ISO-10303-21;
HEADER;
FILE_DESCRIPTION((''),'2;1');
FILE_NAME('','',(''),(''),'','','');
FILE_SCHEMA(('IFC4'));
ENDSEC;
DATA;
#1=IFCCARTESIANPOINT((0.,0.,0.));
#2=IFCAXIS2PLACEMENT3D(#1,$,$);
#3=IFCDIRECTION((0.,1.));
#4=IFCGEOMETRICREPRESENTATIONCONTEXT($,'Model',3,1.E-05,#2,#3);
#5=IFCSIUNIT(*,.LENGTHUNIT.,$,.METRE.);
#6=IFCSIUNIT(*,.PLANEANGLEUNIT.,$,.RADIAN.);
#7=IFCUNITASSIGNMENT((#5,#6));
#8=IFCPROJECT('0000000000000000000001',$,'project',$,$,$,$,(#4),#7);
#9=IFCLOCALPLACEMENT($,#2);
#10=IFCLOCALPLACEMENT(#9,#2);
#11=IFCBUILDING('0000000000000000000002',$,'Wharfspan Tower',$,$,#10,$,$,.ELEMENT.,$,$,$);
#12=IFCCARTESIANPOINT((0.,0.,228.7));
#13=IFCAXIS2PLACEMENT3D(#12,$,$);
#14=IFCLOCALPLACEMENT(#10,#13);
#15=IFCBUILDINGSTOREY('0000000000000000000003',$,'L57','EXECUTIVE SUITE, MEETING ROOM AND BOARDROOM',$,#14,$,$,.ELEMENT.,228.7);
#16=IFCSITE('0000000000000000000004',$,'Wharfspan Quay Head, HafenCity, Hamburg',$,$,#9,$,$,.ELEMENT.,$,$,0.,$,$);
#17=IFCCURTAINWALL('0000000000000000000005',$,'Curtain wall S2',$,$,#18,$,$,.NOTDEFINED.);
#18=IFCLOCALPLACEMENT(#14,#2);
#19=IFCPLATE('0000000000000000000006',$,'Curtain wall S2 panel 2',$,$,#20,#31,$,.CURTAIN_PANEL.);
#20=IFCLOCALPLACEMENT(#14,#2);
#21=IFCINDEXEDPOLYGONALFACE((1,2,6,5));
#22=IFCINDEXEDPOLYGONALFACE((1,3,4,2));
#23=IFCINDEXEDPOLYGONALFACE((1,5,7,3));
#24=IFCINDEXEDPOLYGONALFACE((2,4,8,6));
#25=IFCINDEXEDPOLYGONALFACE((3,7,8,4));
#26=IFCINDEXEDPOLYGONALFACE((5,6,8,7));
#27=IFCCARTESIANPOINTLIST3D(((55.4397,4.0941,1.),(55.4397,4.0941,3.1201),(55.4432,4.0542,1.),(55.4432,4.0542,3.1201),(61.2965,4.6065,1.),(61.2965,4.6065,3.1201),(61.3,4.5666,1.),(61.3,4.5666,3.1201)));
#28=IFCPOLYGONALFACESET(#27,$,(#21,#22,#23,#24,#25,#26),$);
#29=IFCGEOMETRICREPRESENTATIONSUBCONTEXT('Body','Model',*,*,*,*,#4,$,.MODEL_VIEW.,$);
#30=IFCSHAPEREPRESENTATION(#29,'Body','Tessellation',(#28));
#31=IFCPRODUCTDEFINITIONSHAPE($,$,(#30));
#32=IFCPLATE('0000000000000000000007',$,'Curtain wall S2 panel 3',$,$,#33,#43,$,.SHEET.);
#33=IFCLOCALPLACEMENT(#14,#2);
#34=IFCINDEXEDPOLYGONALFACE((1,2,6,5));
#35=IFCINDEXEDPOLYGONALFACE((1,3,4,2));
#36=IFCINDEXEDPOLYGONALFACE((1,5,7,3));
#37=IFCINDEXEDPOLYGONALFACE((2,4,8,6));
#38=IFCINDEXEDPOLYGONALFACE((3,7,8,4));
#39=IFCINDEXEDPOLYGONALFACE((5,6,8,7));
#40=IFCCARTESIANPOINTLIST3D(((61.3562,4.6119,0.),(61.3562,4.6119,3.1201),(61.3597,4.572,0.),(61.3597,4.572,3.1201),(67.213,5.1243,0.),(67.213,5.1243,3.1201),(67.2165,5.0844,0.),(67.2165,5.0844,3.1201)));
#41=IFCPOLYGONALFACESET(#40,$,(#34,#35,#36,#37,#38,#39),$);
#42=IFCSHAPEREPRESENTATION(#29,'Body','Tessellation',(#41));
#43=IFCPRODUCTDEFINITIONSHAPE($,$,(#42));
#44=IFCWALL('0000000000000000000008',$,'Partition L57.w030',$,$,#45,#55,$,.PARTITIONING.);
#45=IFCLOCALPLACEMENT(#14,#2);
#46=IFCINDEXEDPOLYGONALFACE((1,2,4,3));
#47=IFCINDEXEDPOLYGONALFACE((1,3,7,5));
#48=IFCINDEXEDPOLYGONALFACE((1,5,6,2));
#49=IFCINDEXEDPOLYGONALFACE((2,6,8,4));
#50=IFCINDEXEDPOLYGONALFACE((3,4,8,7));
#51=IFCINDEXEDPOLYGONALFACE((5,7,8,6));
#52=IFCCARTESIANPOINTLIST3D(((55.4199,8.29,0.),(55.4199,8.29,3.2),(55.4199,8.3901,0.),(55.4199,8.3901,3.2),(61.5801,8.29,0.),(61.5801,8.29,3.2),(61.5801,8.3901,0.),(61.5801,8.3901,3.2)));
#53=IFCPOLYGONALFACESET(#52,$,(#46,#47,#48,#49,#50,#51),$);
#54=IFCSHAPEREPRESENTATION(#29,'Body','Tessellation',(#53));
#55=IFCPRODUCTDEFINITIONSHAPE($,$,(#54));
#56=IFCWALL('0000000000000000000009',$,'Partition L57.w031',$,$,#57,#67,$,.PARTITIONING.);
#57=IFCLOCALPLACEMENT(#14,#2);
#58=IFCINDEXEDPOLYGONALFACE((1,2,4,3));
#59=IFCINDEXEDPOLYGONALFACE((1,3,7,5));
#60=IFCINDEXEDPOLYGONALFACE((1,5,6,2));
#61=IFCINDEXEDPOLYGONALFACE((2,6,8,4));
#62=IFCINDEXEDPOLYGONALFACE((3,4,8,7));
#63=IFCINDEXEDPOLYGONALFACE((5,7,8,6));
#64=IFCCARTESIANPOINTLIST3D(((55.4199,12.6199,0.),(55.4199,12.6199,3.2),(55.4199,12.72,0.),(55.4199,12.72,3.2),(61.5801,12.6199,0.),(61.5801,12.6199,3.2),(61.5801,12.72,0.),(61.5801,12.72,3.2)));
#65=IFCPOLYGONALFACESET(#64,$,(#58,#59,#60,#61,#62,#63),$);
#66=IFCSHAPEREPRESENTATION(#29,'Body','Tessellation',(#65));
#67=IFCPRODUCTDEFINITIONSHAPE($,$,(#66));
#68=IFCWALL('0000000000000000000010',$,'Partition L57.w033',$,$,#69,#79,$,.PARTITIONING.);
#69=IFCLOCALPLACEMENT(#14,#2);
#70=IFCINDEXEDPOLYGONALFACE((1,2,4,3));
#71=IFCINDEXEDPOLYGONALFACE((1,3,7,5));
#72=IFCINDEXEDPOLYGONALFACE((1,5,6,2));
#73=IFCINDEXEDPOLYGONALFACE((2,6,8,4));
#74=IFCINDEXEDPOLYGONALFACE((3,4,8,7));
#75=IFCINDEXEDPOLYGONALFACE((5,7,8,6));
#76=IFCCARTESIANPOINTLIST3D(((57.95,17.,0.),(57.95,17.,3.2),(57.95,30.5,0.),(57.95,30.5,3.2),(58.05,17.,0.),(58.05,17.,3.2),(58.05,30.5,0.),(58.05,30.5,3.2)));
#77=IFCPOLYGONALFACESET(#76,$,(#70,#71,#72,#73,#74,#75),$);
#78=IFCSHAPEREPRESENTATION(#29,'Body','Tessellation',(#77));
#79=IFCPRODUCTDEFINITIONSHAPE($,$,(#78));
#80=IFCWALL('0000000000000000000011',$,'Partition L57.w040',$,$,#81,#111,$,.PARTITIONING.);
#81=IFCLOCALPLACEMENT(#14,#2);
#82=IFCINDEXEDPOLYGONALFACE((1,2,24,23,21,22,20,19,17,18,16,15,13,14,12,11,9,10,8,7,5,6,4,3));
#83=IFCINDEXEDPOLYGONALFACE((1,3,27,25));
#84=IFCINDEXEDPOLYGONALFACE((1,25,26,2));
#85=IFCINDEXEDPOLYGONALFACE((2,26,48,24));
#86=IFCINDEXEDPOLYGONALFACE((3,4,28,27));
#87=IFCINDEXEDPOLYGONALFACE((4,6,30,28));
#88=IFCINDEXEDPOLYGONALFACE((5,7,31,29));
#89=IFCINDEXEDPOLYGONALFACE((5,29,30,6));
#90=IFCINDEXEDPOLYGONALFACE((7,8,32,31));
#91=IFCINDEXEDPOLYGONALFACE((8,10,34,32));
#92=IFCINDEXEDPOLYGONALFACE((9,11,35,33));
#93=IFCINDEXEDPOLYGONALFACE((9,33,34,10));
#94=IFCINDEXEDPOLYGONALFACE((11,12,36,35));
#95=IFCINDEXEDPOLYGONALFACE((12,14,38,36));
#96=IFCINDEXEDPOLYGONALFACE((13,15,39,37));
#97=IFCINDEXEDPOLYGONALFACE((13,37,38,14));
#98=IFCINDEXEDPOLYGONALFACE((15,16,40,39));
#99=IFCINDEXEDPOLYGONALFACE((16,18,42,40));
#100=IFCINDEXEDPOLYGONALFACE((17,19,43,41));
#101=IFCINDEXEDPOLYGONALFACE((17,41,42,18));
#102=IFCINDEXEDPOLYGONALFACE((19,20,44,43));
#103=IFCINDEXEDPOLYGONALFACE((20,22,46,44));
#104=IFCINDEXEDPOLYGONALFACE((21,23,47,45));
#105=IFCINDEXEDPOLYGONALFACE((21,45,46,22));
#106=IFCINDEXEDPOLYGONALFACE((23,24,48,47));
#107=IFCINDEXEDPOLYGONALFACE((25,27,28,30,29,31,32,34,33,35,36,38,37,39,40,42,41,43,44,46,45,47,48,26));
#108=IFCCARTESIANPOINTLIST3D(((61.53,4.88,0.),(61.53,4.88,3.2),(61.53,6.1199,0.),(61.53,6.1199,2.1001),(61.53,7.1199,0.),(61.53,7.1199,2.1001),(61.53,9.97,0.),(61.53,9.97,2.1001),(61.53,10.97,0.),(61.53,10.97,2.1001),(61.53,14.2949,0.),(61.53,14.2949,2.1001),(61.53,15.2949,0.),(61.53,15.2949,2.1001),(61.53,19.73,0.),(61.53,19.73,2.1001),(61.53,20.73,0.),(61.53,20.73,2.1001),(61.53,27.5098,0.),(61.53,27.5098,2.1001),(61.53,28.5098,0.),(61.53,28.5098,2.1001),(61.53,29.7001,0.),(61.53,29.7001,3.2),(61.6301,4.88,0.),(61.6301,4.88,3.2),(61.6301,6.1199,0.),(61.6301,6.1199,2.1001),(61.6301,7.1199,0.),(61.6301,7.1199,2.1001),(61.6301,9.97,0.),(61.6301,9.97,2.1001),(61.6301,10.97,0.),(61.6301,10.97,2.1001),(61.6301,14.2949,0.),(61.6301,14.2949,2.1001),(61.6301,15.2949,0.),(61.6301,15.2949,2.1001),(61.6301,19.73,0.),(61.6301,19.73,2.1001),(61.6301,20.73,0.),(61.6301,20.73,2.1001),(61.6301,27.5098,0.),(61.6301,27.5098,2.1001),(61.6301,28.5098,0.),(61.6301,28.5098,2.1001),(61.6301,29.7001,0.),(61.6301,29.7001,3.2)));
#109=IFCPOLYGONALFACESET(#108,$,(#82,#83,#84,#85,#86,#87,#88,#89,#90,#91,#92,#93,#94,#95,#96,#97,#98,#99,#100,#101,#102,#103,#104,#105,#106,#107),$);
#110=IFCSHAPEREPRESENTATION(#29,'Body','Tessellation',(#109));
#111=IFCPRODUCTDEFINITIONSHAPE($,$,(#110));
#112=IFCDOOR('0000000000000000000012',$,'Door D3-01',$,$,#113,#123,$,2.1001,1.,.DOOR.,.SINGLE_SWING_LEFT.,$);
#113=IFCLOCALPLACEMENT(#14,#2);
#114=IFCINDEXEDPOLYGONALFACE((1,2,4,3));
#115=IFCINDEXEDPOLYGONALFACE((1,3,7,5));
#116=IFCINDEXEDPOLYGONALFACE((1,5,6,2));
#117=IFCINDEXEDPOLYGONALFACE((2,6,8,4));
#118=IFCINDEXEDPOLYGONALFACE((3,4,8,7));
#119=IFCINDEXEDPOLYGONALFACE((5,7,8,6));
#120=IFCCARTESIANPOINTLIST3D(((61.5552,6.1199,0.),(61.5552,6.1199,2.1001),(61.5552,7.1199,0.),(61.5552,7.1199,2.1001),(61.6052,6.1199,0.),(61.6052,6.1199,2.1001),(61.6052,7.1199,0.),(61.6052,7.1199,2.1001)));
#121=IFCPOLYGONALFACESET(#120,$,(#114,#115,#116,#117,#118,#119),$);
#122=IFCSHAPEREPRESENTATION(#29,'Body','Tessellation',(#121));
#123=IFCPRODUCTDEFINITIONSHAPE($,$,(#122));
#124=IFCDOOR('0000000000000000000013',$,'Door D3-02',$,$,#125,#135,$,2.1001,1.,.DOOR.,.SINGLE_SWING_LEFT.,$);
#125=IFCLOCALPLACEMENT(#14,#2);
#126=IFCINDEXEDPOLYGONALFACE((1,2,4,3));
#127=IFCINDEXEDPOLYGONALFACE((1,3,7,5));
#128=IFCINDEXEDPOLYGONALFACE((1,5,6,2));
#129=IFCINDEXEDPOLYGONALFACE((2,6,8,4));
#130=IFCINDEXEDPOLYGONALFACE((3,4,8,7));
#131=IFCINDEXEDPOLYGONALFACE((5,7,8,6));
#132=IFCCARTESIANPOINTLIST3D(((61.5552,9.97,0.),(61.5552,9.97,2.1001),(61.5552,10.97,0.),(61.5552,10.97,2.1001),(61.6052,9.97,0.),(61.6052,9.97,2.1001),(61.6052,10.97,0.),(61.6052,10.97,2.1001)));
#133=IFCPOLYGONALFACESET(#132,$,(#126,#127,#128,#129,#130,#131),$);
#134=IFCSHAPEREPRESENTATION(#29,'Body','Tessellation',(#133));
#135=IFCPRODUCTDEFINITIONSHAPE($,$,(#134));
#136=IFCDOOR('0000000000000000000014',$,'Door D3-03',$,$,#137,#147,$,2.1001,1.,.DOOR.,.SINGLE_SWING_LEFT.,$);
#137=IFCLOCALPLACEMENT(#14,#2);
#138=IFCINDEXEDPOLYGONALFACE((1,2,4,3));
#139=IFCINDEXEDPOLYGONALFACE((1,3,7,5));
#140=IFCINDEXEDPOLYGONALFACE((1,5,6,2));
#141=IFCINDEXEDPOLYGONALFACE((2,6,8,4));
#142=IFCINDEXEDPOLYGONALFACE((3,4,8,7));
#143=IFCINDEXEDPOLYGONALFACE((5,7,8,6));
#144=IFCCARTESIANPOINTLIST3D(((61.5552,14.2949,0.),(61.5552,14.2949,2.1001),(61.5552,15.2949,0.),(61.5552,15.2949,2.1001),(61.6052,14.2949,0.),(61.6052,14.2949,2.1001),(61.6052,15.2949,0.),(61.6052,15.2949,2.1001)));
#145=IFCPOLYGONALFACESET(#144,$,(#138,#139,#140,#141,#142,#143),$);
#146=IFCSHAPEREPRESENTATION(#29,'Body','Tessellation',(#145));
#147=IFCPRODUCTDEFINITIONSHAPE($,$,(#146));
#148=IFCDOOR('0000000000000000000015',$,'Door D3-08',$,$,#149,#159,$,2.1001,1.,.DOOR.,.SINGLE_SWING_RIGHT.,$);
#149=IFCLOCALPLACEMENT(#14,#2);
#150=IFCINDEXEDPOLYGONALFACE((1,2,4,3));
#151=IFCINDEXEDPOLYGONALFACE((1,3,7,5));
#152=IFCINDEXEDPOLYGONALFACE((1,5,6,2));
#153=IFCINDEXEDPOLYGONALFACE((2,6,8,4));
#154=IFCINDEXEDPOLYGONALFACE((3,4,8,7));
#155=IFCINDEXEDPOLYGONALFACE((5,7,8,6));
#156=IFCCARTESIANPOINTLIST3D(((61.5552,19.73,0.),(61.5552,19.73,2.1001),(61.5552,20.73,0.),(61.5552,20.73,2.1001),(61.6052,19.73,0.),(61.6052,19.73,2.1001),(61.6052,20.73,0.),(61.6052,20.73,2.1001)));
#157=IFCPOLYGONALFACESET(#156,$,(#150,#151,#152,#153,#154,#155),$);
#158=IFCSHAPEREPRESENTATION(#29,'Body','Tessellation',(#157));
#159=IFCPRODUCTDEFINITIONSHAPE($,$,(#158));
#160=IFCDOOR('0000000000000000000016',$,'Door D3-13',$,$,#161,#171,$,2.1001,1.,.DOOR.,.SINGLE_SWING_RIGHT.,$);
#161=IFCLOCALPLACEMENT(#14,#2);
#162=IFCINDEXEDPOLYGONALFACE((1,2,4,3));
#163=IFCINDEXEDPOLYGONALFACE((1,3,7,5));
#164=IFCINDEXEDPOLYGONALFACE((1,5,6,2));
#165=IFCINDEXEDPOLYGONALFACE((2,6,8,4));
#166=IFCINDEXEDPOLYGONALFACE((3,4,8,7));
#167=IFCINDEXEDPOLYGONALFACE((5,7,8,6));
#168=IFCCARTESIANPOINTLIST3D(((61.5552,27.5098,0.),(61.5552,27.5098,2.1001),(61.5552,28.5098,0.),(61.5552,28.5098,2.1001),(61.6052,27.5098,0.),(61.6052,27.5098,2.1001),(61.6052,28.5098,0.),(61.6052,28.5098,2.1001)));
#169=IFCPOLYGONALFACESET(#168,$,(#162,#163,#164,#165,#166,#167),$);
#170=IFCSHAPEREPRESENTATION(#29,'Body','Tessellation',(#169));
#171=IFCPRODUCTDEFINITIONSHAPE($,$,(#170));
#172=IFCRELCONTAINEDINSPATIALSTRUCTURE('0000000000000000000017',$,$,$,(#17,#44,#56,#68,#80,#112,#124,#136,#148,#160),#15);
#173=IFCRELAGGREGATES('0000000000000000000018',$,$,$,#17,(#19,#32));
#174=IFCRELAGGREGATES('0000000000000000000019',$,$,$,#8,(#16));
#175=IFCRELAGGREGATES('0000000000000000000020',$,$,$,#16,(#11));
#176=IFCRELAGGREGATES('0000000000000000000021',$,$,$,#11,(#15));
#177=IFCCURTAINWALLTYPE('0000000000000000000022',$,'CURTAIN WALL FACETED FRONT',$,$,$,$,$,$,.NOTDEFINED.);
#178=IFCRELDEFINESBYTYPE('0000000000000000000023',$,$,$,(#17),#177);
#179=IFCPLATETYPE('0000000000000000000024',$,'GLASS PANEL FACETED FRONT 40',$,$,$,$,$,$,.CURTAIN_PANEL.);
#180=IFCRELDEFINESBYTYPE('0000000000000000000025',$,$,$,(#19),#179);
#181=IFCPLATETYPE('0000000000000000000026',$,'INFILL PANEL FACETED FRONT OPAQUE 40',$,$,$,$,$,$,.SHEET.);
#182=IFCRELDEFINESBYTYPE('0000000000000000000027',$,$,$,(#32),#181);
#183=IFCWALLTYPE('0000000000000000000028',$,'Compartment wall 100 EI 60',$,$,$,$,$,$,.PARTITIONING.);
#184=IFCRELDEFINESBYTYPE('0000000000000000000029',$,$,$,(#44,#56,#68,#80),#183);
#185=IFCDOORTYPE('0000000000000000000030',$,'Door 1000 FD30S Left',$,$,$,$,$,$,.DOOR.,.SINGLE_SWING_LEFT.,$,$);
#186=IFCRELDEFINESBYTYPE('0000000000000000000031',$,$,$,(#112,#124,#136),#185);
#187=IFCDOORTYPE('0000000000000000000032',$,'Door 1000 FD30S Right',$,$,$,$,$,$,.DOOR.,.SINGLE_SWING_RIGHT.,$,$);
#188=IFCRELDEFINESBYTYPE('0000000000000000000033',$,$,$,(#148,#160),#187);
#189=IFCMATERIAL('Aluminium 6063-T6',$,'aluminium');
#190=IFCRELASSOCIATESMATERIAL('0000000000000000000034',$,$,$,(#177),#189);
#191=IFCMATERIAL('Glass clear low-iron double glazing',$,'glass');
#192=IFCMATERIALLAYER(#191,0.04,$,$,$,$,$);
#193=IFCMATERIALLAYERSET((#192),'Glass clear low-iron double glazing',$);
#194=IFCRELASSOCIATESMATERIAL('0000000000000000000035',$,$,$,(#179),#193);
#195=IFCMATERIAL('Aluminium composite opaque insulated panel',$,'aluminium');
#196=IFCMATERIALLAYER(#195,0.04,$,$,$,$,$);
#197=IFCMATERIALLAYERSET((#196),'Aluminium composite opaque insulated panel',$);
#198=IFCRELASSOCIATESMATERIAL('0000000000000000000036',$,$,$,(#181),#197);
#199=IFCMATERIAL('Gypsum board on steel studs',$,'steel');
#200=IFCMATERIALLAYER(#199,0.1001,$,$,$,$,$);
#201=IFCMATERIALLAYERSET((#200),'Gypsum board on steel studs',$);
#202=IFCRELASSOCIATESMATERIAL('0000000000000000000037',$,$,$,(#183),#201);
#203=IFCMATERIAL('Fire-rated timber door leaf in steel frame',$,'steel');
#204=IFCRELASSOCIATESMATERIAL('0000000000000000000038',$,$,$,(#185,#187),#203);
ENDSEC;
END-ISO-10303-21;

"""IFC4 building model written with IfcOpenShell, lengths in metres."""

from ifc_helpers import new_model, si_unit, direction, frame, frame_2d, origin, origin_2d, place, context, subcontext, project, spatial, rectangle, extrude, material, layer, layer_set, type_object, element, fill, aggregate, save


model = new_model("IFC4")

# Units and contexts
model_context = context("Model", 3, precision=1e-05, world=origin(), true_north=direction((0.0, 1.0)))
body_context = subcontext(model_context, "Body", "Model", "MODEL_VIEW")
ifc_project = project(units=[si_unit("LENGTHUNIT", "METRE"), si_unit("PLANEANGLEUNIT", "RADIAN")], contexts=[model_context])

# Site, building, storey
site_placement = place(None, origin())
site = spatial("IfcSite", under=ifc_project, at=site_placement, Name="Wharfspan Quay Head, HafenCity, Hamburg", CompositionType="ELEMENT", RefElevation=0.0)
building_placement = place(site_placement, origin())
building = spatial("IfcBuilding", under=site, at=building_placement, Name="Wharfspan Tower", CompositionType="ELEMENT")
storey_placement = place(building_placement, frame((0.0, 0.0, 228.7)))
storey = spatial("IfcBuildingStorey", under=building, at=storey_placement, Name="L57", Description="EXECUTIVE SUITE, MEETING ROOM AND BOARDROOM", CompositionType="ELEMENT", Elevation=228.7)

# Curtain wall, plates
ifc_material_1 = material(Name="Aluminium 6063-T6", Category="aluminium")
curtain_wall_type = type_object("IfcCurtainWallType", Name="CURTAIN WALL FACETED FRONT", PredefinedType="NOTDEFINED", material=ifc_material_1)
curtain_wall_placement = place(storey_placement, origin())
curtain_wall = element("IfcCurtainWall", 1, at=curtain_wall_placement, inside=storey, type_object=curtain_wall_type, Name="Curtain wall S2", PredefinedType="NOTDEFINED")
ifc_material_2 = material(Name="Glass clear low-iron double glazing", Category="glass")
ifc_layer_1 = layer(ifc_material_2, 0.04)
ifc_layer_set_1 = layer_set([ifc_layer_1], Name="Glass clear low-iron double glazing")
plate_type_1 = type_object("IfcPlateType", Name="GLASS PANEL FACETED FRONT 40", PredefinedType="CURTAIN_PANEL", material=ifc_layer_set_1)
plate_1_placement = place(storey_placement, frame((58.3699, 4.3303, 1.0), z_axis=(0.0, 0.0, 1.0), x_axis=(0.996197, 0.087156, 0.0)))
plate_1 = element("IfcPlate", 2, at=plate_1_placement, type_object=plate_type_1, Name="Curtain wall S2 panel 2", PredefinedType="CURTAIN_PANEL", context=body_context, shape_type="SweptSolid", body=[
    extrude(rectangle(XDim=5.8792, YDim=0.04, at=origin_2d()), origin(), (0.0, 0.0, 1.0), 2.1201),
])
ifc_material_3 = material(Name="Aluminium composite opaque insulated panel", Category="aluminium")
ifc_layer_2 = layer(ifc_material_3, 0.04)
ifc_layer_set_2 = layer_set([ifc_layer_2], Name="Aluminium composite opaque insulated panel")
plate_type_2 = type_object("IfcPlateType", Name="INFILL PANEL FACETED FRONT OPAQUE 40", PredefinedType="SHEET", material=ifc_layer_set_2)
plate_2_placement = place(storey_placement, frame((64.2864, 4.8481, 0.0), z_axis=(0.0, 0.0, 1.0), x_axis=(0.996197, 0.087156, 0.0)))
plate_2 = element("IfcPlate", 3, at=plate_2_placement, type_object=plate_type_2, Name="Curtain wall S2 panel 3", PredefinedType="SHEET", context=body_context, shape_type="SweptSolid", body=[
    extrude(rectangle(XDim=5.8792, YDim=0.04, at=origin_2d()), origin(), (0.0, 0.0, 1.0), 3.1201),
])
aggregate(curtain_wall, [plate_1, plate_2])

# Walls
ifc_material_4 = material(Name="Gypsum board on steel studs", Category="steel")
ifc_layer_3 = layer(ifc_material_4, 0.1001)
ifc_layer_set_3 = layer_set([ifc_layer_3], Name="Gypsum board on steel studs")
wall_type_1 = type_object("IfcWallType", Name="Compartment wall 100 EI 60", PredefinedType="PARTITIONING", material=ifc_layer_set_3)
for number, where, z_axis, x_axis, name in (
    (4, (55.4199, 8.3401, 0.0), (0.0, 0.0, 1.0), (1.0, 0.0, 0.0), "Partition L57.w030"),
    (5, (55.4199, 12.6699, 0.0), (0.0, 0.0, 1.0), (1.0, 0.0, 0.0), "Partition L57.w031"),
):
    element("IfcWall", number, at=place(storey_placement, frame(where, z_axis=z_axis, x_axis=x_axis)), inside=storey, type_object=wall_type_1, Name=name, PredefinedType="PARTITIONING", context=body_context, shape_type="SweptSolid", body=[
        extrude(rectangle(XDim=6.1602, YDim=0.1001, at=frame_2d((3.0801, 0.0))), origin(), (0.0, 0.0, 1.0), 3.2),
    ])
wall_1_placement = place(storey_placement, frame((58.0, 17.0, 0.0), z_axis=(0.0, 0.0, 1.0), x_axis=(0.0, 1.0, 0.0)))
element("IfcWall", 6, at=wall_1_placement, inside=storey, type_object=wall_type_1, Name="Partition L57.w033", PredefinedType="PARTITIONING", context=body_context, shape_type="SweptSolid", body=[
    extrude(rectangle(XDim=13.5, YDim=0.1001, at=frame_2d((6.75, 0.0))), origin(), (0.0, 0.0, 1.0), 3.2),
])

# Wall, openings, doors
wall_2_placement = place(storey_placement, frame((61.5801, 4.8799, 0.0), z_axis=(0.0, 0.0, 1.0), x_axis=(0.0, 1.0, 0.0)))
wall_2 = element("IfcWall", 7, at=wall_2_placement, inside=storey, type_object=wall_type_1, Name="Partition L57.w040", PredefinedType="PARTITIONING", context=body_context, shape_type="SweptSolid", body=[
    extrude(rectangle(XDim=24.8201, YDim=0.1001, at=frame_2d((12.4102, 0.0))), origin(), (0.0, 0.0, 1.0), 3.2),
])
opening_1_placement = place(wall_2_placement, frame((1.24, 0.0, 0.0)))
opening_1 = element("IfcOpeningElement", 8, at=opening_1_placement, cuts=wall_2, PredefinedType="OPENING", context=body_context, shape_type="SweptSolid", body=[
    extrude(rectangle(XDim=1.0, YDim=2.1001, at=frame_2d((0.5, 1.05))), frame((0.0, 0.0601, 0.0), z_axis=(0.0, -1.0, 0.0), x_axis=(1.0, 0.0, 0.0)), (0.0, 0.0, 1.0), 0.1201),
])
opening_2_placement = place(wall_2_placement, frame((5.0901, 0.0, 0.0)))
opening_2 = element("IfcOpeningElement", 9, at=opening_2_placement, cuts=wall_2, PredefinedType="OPENING", context=body_context, shape_type="SweptSolid", body=[
    extrude(rectangle(XDim=1.0, YDim=2.1001, at=frame_2d((0.5, 1.05))), frame((0.0, 0.0601, 0.0), z_axis=(0.0, -1.0, 0.0), x_axis=(1.0, 0.0, 0.0)), (0.0, 0.0, 1.0), 0.1201),
])
opening_3_placement = place(wall_2_placement, frame((9.415, 0.0, 0.0)))
opening_3 = element("IfcOpeningElement", 10, at=opening_3_placement, cuts=wall_2, PredefinedType="OPENING", context=body_context, shape_type="SweptSolid", body=[
    extrude(rectangle(XDim=1.0, YDim=2.1001, at=frame_2d((0.5, 1.05))), frame((0.0, 0.0601, 0.0), z_axis=(0.0, -1.0, 0.0), x_axis=(1.0, 0.0, 0.0)), (0.0, 0.0, 1.0), 0.1201),
])
opening_4_placement = place(wall_2_placement, frame((14.8501, 0.0, 0.0)))
opening_4 = element("IfcOpeningElement", 11, at=opening_4_placement, cuts=wall_2, PredefinedType="OPENING", context=body_context, shape_type="SweptSolid", body=[
    extrude(rectangle(XDim=1.0, YDim=2.1001, at=frame_2d((0.5, 1.05))), frame((0.0, 0.0601, 0.0), z_axis=(0.0, -1.0, 0.0), x_axis=(1.0, 0.0, 0.0)), (0.0, 0.0, 1.0), 0.1201),
])
opening_5_placement = place(wall_2_placement, frame((22.6299, 0.0, 0.0)))
opening_5 = element("IfcOpeningElement", 12, at=opening_5_placement, cuts=wall_2, PredefinedType="OPENING", context=body_context, shape_type="SweptSolid", body=[
    extrude(rectangle(XDim=1.0, YDim=2.1001, at=frame_2d((0.5, 1.05))), frame((0.0, 0.0601, 0.0), z_axis=(0.0, -1.0, 0.0), x_axis=(1.0, 0.0, 0.0)), (0.0, 0.0, 1.0), 0.1201),
])
ifc_material_5 = material(Name="Fire-rated timber door leaf in steel frame", Category="steel")
door_type_1 = type_object("IfcDoorType", Name="Door 1000 FD30S Left", OperationType="SINGLE_SWING_LEFT", PredefinedType="DOOR", material=ifc_material_5)
door_1_placement = place(opening_1_placement, origin())
door_1 = element("IfcDoor", 13, at=door_1_placement, inside=storey, type_object=door_type_1, Name="Door D3-01", OperationType="SINGLE_SWING_LEFT", OverallHeight=2.1001, OverallWidth=1.0, PredefinedType="DOOR", context=body_context, shape_type="SweptSolid", body=[
    extrude(rectangle(XDim=1.0, YDim=2.1001, at=frame_2d((0.5, 1.05))), frame((0.0, 0.0249, 0.0), z_axis=(0.0, -1.0, 0.0), x_axis=(1.0, 0.0, 0.0)), (0.0, 0.0, 1.0), 0.05),
])
fill(opening_1, door_1)
door_2_placement = place(opening_2_placement, origin())
door_2 = element("IfcDoor", 14, at=door_2_placement, inside=storey, type_object=door_type_1, Name="Door D3-02", OperationType="SINGLE_SWING_LEFT", OverallHeight=2.1001, OverallWidth=1.0, PredefinedType="DOOR", context=body_context, shape_type="SweptSolid", body=[
    extrude(rectangle(XDim=1.0, YDim=2.1001, at=frame_2d((0.5, 1.05))), frame((0.0, 0.0249, 0.0), z_axis=(0.0, -1.0, 0.0), x_axis=(1.0, 0.0, 0.0)), (0.0, 0.0, 1.0), 0.05),
])
fill(opening_2, door_2)
door_3_placement = place(opening_3_placement, origin())
door_3 = element("IfcDoor", 15, at=door_3_placement, inside=storey, type_object=door_type_1, Name="Door D3-03", OperationType="SINGLE_SWING_LEFT", OverallHeight=2.1001, OverallWidth=1.0, PredefinedType="DOOR", context=body_context, shape_type="SweptSolid", body=[
    extrude(rectangle(XDim=1.0, YDim=2.1001, at=frame_2d((0.5, 1.05))), frame((0.0, 0.0249, 0.0), z_axis=(0.0, -1.0, 0.0), x_axis=(1.0, 0.0, 0.0)), (0.0, 0.0, 1.0), 0.05),
])
fill(opening_3, door_3)
door_type_2 = type_object("IfcDoorType", Name="Door 1000 FD30S Right", OperationType="SINGLE_SWING_RIGHT", PredefinedType="DOOR", material=ifc_material_5)
door_4_placement = place(opening_4_placement, origin())
door_4 = element("IfcDoor", 16, at=door_4_placement, inside=storey, type_object=door_type_2, Name="Door D3-08", OperationType="SINGLE_SWING_RIGHT", OverallHeight=2.1001, OverallWidth=1.0, PredefinedType="DOOR", context=body_context, shape_type="SweptSolid", body=[
    extrude(rectangle(XDim=1.0, YDim=2.1001, at=frame_2d((0.5, 1.05))), frame((0.0, 0.0249, 0.0), z_axis=(0.0, -1.0, 0.0), x_axis=(1.0, 0.0, 0.0)), (0.0, 0.0, 1.0), 0.05),
])
fill(opening_4, door_4)
door_5_placement = place(opening_5_placement, origin())
door_5 = element("IfcDoor", 17, at=door_5_placement, inside=storey, type_object=door_type_2, Name="Door D3-13", OperationType="SINGLE_SWING_RIGHT", OverallHeight=2.1001, OverallWidth=1.0, PredefinedType="DOOR", context=body_context, shape_type="SweptSolid", body=[
    extrude(rectangle(XDim=1.0, YDim=2.1001, at=frame_2d((0.5, 1.05))), frame((0.0, 0.0249, 0.0), z_axis=(0.0, -1.0, 0.0), x_axis=(1.0, 0.0, 0.0)), (0.0, 0.0, 1.0), 0.05),
])
fill(opening_5, door_5)

save(model, "model.ifc")
